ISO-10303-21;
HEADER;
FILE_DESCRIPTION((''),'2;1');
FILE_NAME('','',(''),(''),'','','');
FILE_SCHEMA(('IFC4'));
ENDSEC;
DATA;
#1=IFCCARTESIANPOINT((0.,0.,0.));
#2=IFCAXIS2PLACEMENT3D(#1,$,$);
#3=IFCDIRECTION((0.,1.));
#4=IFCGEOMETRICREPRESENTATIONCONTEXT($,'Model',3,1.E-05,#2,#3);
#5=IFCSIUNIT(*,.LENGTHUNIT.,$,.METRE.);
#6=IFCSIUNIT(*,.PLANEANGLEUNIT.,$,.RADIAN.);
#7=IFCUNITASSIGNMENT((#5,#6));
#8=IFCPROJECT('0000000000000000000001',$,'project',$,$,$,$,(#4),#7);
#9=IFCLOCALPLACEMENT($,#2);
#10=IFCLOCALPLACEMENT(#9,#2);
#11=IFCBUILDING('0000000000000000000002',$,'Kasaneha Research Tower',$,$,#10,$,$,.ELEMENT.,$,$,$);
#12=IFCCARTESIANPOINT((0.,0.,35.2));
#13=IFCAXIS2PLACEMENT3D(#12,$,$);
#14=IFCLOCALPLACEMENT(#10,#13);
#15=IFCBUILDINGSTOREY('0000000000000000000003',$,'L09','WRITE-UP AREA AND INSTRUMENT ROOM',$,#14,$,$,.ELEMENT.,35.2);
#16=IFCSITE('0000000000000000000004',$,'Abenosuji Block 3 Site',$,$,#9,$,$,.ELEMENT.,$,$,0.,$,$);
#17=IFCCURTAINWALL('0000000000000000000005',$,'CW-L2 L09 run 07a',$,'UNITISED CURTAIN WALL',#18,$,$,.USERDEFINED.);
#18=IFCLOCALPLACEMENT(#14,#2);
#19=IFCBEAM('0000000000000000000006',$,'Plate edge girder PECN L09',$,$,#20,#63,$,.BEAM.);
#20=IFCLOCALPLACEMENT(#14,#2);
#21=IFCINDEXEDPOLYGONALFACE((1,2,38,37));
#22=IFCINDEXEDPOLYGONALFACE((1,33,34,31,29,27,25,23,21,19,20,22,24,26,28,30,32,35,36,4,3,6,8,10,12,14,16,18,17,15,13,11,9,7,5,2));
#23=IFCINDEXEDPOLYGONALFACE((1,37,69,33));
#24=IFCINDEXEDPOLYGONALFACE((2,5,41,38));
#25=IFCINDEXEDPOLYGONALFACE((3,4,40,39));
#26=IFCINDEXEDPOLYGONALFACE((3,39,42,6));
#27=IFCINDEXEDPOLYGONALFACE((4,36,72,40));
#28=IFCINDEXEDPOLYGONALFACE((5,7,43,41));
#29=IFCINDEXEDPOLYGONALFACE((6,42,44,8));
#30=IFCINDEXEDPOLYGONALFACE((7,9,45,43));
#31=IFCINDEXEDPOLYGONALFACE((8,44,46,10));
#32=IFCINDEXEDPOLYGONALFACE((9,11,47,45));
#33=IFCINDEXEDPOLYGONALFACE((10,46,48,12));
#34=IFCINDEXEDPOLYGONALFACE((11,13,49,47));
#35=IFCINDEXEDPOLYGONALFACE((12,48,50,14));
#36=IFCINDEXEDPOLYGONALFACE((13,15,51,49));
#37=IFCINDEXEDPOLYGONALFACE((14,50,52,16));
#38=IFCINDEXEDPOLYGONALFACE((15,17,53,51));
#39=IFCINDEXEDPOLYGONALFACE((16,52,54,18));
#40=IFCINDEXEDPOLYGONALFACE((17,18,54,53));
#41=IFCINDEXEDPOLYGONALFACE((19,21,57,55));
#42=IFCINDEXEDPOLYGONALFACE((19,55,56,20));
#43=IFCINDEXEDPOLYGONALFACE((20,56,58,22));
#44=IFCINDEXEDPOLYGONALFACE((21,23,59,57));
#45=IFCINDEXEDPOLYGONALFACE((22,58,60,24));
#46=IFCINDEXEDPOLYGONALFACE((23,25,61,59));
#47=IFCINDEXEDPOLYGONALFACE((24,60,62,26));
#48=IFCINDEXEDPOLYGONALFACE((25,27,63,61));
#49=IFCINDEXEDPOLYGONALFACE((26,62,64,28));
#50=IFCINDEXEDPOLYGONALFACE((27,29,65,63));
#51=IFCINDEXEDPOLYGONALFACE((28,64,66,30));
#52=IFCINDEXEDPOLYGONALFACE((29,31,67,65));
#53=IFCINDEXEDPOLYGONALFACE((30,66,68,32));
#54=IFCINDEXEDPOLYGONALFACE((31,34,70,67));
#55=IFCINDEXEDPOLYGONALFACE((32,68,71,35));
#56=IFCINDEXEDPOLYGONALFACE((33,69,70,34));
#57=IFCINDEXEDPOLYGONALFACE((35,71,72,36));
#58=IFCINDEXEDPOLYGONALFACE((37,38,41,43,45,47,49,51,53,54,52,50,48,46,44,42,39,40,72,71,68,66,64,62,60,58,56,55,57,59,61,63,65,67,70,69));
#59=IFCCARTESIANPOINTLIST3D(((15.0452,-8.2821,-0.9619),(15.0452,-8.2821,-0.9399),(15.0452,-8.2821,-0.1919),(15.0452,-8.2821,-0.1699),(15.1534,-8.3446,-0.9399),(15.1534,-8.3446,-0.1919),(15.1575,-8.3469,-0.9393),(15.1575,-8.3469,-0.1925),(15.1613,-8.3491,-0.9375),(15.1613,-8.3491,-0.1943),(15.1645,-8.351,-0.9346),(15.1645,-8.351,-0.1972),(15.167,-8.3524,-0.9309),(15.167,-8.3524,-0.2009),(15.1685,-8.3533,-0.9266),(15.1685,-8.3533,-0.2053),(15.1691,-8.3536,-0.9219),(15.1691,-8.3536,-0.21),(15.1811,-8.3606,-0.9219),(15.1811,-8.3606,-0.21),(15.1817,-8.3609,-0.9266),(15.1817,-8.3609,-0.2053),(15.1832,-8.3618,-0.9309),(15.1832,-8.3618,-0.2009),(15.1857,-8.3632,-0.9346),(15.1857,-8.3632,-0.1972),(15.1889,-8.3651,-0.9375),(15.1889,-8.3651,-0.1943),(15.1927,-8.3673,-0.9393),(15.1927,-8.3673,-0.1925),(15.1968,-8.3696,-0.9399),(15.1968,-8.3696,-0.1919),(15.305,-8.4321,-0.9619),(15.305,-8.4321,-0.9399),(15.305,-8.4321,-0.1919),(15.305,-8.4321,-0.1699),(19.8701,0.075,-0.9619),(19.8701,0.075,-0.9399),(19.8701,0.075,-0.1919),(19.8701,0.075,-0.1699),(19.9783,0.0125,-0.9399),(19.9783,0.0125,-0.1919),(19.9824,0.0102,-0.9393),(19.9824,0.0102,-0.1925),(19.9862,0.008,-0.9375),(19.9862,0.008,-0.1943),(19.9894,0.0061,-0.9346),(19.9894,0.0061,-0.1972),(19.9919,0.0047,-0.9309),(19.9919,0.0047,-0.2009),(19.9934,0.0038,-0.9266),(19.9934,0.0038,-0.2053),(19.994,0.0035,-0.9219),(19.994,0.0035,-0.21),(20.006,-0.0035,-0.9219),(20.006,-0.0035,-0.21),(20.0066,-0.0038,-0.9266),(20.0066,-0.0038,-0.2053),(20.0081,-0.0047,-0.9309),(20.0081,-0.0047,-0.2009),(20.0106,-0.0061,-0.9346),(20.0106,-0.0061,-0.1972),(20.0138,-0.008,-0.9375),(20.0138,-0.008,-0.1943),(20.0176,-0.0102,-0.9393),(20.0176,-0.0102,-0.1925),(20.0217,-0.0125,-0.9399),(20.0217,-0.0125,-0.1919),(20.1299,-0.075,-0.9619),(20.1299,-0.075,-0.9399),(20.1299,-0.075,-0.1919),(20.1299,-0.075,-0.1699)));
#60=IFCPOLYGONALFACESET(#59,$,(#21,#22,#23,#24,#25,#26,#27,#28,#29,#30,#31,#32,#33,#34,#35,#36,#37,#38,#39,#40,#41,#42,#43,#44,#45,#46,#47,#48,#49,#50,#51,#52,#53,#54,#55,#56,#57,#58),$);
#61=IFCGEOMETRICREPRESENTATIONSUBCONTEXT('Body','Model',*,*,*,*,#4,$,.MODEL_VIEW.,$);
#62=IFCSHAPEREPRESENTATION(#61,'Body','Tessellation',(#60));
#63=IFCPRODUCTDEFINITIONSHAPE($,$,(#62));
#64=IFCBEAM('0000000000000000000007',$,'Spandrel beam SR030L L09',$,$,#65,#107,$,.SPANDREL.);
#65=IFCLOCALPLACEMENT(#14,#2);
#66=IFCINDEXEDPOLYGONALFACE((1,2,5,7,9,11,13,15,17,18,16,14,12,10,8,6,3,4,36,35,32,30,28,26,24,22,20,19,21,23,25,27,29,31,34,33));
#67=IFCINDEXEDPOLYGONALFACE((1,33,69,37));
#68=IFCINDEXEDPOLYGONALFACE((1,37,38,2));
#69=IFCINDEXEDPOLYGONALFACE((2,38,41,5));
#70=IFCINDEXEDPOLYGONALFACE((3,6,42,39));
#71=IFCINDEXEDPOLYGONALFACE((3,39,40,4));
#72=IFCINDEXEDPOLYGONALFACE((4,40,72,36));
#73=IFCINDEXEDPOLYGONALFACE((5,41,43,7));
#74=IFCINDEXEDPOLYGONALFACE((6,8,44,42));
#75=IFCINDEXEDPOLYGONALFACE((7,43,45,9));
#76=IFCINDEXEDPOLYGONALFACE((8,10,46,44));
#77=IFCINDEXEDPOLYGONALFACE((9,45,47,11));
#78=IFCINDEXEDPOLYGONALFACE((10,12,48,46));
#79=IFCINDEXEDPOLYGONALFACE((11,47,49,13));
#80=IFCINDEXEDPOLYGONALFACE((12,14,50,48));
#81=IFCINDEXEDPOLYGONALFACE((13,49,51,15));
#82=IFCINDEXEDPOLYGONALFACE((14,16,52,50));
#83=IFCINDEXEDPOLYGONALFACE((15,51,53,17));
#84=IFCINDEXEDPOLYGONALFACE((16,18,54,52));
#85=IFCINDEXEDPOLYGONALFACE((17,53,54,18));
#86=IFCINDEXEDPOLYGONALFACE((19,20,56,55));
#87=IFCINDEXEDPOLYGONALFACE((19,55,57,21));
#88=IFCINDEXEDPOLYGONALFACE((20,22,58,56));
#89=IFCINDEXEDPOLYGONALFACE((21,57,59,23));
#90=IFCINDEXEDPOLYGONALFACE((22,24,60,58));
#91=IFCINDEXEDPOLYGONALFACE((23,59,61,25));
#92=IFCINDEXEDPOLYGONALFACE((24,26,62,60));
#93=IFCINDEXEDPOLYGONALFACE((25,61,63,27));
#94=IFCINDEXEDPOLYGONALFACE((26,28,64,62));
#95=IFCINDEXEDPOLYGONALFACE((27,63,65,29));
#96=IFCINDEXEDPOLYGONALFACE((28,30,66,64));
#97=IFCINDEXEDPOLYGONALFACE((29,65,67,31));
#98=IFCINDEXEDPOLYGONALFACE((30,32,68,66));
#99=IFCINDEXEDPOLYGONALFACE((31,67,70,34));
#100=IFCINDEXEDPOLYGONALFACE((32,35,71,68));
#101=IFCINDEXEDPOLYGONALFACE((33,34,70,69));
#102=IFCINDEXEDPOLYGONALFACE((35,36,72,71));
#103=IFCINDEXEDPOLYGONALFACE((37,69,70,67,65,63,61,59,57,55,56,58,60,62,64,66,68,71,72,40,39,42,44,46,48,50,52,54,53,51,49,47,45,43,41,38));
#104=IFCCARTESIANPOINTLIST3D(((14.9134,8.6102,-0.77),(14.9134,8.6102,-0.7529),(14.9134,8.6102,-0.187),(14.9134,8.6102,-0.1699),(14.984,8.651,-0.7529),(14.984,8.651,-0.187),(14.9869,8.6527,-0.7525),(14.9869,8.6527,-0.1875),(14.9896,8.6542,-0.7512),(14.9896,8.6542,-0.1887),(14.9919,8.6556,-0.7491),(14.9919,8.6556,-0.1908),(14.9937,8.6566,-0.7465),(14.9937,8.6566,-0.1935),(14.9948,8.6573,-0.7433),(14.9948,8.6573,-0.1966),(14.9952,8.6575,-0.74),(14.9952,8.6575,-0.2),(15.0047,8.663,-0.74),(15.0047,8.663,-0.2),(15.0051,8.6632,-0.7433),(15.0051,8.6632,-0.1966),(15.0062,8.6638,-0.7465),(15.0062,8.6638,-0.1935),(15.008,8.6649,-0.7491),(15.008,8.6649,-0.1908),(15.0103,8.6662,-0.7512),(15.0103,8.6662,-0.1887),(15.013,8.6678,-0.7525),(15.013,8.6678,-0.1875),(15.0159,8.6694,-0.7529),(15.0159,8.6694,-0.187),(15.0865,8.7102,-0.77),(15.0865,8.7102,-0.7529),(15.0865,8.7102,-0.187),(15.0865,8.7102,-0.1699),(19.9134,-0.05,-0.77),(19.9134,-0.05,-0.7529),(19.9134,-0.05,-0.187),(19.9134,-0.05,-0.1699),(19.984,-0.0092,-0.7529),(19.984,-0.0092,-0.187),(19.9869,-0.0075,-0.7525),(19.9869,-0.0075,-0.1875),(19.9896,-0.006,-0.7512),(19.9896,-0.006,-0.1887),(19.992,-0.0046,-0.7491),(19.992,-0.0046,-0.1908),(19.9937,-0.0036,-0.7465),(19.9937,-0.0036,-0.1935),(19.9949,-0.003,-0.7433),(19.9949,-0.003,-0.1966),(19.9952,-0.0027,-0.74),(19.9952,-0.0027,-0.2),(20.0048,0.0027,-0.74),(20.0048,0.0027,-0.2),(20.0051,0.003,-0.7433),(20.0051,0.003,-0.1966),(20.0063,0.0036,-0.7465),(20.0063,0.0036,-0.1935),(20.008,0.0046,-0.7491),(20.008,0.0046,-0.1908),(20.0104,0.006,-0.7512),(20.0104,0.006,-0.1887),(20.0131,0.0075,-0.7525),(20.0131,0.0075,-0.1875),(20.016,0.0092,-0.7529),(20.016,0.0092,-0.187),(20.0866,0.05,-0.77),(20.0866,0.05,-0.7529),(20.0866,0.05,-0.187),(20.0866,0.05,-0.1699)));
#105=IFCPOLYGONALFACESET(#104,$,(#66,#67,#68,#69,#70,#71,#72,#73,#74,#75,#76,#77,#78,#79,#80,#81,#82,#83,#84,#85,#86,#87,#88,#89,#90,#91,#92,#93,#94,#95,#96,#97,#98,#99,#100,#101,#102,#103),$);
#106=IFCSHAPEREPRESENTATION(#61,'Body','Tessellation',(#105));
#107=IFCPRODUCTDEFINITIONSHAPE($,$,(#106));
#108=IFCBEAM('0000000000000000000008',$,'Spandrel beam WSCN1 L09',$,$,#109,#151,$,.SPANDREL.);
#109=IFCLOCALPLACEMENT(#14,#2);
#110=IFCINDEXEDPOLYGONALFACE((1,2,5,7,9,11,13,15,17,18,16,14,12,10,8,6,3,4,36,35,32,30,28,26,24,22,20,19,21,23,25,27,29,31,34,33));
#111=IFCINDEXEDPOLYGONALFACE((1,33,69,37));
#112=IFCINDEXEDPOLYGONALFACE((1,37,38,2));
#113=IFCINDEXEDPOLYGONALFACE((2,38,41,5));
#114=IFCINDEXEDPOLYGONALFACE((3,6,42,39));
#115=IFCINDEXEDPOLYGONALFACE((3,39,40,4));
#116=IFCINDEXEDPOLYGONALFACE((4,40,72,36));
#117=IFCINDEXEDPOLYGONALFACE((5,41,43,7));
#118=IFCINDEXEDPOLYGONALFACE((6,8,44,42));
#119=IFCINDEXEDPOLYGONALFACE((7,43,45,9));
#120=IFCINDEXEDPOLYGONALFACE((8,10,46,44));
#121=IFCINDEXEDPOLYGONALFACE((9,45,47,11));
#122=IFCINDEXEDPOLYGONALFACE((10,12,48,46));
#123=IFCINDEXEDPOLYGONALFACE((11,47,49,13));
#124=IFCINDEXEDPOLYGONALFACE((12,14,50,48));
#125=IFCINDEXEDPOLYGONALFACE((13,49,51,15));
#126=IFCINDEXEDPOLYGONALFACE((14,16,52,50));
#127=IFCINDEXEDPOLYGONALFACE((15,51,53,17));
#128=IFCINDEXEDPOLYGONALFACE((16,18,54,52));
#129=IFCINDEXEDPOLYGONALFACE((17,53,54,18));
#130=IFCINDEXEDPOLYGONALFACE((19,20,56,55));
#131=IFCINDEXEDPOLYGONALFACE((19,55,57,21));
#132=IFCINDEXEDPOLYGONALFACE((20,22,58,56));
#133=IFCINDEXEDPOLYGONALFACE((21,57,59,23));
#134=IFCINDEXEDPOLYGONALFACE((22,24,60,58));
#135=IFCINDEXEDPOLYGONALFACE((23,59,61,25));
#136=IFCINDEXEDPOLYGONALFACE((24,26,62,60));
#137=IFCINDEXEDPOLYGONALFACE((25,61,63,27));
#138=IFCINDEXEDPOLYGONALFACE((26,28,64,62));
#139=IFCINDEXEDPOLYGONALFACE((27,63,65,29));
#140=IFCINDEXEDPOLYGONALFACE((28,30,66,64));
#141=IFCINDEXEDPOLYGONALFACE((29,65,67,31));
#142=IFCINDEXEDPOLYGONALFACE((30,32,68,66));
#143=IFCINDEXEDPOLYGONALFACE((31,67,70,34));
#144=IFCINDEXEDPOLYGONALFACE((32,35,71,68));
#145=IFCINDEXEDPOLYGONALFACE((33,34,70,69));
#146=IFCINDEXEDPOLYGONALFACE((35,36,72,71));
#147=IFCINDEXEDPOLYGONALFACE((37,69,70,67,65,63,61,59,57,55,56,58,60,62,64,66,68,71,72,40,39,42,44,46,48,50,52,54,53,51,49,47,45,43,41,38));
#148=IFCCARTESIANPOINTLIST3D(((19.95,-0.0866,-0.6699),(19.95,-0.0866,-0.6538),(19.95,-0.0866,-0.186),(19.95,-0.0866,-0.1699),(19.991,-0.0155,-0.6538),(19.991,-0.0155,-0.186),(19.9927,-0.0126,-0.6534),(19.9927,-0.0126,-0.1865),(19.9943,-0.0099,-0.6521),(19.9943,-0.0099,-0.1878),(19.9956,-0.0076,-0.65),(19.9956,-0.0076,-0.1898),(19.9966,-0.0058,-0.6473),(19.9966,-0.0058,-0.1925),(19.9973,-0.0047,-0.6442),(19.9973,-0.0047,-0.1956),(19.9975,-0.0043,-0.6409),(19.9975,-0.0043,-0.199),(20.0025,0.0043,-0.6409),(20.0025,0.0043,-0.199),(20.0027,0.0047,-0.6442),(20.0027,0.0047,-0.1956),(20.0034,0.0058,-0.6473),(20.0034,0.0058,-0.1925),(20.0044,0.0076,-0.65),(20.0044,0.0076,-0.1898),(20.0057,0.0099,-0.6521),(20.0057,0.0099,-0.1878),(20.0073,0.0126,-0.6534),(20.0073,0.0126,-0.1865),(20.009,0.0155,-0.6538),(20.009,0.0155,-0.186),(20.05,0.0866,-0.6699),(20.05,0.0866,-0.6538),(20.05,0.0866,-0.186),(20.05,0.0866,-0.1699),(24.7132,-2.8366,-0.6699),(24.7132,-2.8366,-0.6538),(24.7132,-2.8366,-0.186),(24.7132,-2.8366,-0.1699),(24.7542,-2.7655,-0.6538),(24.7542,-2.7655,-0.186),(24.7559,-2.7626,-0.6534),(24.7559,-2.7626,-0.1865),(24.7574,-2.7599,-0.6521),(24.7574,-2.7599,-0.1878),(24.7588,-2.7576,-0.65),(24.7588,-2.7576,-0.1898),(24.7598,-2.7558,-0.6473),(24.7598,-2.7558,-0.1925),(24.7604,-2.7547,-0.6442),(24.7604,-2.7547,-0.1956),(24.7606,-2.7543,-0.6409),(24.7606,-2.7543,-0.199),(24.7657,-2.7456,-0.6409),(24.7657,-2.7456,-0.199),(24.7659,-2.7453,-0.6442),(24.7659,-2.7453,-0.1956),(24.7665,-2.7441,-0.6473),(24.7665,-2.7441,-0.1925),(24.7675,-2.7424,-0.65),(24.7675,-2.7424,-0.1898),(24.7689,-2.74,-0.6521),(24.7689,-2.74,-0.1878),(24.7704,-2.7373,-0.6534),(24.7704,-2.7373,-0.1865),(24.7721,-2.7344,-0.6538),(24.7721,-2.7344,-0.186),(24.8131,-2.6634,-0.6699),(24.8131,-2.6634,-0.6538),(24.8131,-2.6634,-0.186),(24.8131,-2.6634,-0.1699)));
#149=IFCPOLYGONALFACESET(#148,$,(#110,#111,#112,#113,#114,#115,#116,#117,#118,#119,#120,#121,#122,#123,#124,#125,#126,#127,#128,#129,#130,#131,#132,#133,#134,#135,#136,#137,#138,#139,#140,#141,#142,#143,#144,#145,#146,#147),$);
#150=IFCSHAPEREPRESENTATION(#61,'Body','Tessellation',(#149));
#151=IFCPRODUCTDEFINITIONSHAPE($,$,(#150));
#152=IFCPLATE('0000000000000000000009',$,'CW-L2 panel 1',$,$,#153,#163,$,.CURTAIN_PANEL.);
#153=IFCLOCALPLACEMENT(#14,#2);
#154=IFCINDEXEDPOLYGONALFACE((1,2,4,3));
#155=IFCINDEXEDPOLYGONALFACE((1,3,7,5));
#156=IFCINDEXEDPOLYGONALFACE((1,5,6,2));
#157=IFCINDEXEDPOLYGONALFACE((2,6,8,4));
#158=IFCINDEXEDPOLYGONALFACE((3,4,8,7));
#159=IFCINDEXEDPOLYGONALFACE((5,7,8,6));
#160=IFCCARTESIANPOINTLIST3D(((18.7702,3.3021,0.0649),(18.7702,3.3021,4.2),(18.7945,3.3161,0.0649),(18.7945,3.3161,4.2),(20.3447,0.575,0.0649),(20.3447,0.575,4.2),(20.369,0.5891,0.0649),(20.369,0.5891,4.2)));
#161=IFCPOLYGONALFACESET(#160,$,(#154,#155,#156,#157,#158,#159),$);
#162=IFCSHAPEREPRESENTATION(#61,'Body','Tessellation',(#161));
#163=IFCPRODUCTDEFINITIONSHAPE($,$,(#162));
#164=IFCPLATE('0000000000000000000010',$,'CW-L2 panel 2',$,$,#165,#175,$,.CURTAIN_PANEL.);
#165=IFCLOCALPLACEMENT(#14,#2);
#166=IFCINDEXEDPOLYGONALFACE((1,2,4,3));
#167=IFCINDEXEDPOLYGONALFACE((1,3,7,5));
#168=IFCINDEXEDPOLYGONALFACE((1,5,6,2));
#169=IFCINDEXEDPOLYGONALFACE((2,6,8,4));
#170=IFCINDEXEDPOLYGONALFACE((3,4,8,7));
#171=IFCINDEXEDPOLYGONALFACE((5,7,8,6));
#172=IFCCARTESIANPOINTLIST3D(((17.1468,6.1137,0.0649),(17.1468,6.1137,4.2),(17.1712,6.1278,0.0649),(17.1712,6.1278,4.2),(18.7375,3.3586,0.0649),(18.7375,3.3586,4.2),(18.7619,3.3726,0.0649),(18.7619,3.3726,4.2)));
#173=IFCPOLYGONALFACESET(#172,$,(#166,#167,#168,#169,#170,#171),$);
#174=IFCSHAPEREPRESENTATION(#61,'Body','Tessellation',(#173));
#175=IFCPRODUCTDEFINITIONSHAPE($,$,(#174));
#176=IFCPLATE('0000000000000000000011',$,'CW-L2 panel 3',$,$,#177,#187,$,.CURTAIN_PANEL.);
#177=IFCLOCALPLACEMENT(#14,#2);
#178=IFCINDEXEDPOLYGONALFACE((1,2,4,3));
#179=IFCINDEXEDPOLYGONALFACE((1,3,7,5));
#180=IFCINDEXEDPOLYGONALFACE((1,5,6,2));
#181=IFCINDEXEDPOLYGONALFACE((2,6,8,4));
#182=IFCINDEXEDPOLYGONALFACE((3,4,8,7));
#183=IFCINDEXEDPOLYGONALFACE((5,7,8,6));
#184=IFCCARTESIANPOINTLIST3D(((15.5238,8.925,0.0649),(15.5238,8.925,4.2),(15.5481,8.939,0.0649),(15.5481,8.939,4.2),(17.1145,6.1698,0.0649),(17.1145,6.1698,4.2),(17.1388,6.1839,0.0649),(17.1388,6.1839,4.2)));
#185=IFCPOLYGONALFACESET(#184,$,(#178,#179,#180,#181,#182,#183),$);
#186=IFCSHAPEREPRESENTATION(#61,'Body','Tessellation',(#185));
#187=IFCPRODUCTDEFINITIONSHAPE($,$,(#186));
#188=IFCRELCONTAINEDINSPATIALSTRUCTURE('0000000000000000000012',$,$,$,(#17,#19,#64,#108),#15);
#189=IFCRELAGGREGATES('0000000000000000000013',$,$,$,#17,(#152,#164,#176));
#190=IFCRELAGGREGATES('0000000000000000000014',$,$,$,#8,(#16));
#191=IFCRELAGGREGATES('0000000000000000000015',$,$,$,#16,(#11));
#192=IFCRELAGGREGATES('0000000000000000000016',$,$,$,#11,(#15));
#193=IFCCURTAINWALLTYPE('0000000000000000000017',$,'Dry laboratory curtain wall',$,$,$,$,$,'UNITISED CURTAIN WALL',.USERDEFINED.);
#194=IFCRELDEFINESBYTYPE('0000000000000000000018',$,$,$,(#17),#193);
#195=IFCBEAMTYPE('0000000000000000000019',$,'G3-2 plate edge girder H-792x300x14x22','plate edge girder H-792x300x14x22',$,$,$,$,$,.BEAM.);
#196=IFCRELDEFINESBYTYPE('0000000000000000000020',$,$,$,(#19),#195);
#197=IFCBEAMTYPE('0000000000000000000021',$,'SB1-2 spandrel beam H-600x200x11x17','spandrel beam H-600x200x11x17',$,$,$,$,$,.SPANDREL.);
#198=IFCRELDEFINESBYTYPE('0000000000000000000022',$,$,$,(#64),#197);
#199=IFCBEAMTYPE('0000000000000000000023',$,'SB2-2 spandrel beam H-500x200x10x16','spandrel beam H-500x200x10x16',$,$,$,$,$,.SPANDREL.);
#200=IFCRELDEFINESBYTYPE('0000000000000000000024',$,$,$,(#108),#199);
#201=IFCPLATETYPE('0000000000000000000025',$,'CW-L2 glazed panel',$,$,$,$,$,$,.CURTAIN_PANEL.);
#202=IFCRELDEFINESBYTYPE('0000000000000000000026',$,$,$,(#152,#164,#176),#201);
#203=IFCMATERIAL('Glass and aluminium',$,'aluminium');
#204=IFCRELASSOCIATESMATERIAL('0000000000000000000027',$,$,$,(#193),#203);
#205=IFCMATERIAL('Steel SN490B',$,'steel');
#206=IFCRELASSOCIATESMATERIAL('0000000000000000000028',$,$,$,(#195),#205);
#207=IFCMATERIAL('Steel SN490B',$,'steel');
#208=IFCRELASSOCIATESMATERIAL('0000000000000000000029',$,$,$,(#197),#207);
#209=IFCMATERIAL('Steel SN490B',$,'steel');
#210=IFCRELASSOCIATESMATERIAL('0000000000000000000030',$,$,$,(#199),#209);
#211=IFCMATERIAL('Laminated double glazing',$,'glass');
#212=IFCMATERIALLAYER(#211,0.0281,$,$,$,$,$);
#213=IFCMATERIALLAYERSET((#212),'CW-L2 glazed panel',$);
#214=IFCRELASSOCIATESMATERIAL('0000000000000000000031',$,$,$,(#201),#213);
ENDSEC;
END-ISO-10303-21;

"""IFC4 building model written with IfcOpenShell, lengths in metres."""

from ifc_helpers import new_model, si_unit, direction, frame, origin, origin_2d, place, context, subcontext, project, spatial, rectangle, i_section, extrude, material, layer, layer_set, material_profile, profile_set, type_object, element, aggregate, save


model = new_model("IFC4")

# Units and contexts
model_context = context("Model", 3, precision=1e-05, world=origin(), true_north=direction((0.0, 1.0)))
body_context = subcontext(model_context, "Body", "Model", "MODEL_VIEW")
ifc_project = project(units=[si_unit("LENGTHUNIT", "METRE"), si_unit("PLANEANGLEUNIT", "RADIAN")], contexts=[model_context])

# Site, building, storey
site_placement = place(None, origin())
site = spatial("IfcSite", under=ifc_project, at=site_placement, Name="Abenosuji Block 3 Site", CompositionType="ELEMENT", RefElevation=0.0)
building_placement = place(site_placement, origin())
building = spatial("IfcBuilding", under=site, at=building_placement, Name="Kasaneha Research Tower", CompositionType="ELEMENT")
storey_placement = place(building_placement, frame((0.0, 0.0, 35.2)))
storey = spatial("IfcBuildingStorey", under=building, at=storey_placement, Name="L09", Description="WRITE-UP AREA AND INSTRUMENT ROOM", CompositionType="ELEMENT", Elevation=35.2)

# Shared definitions
ifc_material_1 = material(Name="Glass and aluminium", Category="aluminium")
curtain_wall_type = type_object("IfcCurtainWallType", Name="Dry laboratory curtain wall", ElementType="UNITISED CURTAIN WALL", PredefinedType="USERDEFINED", material=ifc_material_1)

# Curtain wall
curtain_wall_1_placement = place(storey_placement, origin())
curtain_wall_1 = element("IfcCurtainWall", 1, at=curtain_wall_1_placement, inside=storey, type_object=curtain_wall_type, Name="CW-L2 L09 run 07a", ObjectType="UNITISED CURTAIN WALL", PredefinedType="USERDEFINED")

# Beams
ifc_material_2 = material(Name="Steel SN490B", Category="steel")
ifc_material_profile_1 = material_profile(ifc_material_2, i_section(OverallWidth=0.3, OverallDepth=0.792, WebThickness=0.0139, FlangeThickness=0.022, FilletRadius=0.0181, at=origin_2d()), Name="H-792x300x14x22")
ifc_profile_set_1 = profile_set([ifc_material_profile_1], Name="Steel SN490B")
beam_type_1 = type_object("IfcBeamType", Name="G3-2 plate edge girder H-792x300x14x22", Description="plate edge girder H-792x300x14x22", PredefinedType="BEAM", material=ifc_profile_set_1)
beam_1_placement = place(storey_placement, frame((20.0, 0.0, -0.5659), z_axis=(-0.499995, -0.866028, 0.0), x_axis=(0.866028, -0.499995, 0.0)))
element("IfcBeam", 2, at=beam_1_placement, inside=storey, type_object=beam_type_1, Name="Plate edge girder PECN L09", PredefinedType="BEAM", context=body_context, shape_type="SweptSolid", body=[
    extrude(i_section(OverallWidth=0.3, OverallDepth=0.792, WebThickness=0.0139, FlangeThickness=0.022, FilletRadius=0.0181, at=origin_2d()), origin(), (0.0, 0.0, 1.0), 9.6499),
])
ifc_material_3 = material(Name="Steel SN490B", Category="steel")
ifc_material_profile_2 = material_profile(ifc_material_3, i_section(OverallWidth=0.2, OverallDepth=0.6001, WebThickness=0.011, FlangeThickness=0.0171, FilletRadius=0.0129, at=origin_2d()), Name="H-600x200x11x17")
ifc_profile_set_2 = profile_set([ifc_material_profile_2], Name="Steel SN490B")
beam_type_2 = type_object("IfcBeamType", Name="SB1-2 spandrel beam H-600x200x11x17", Description="spandrel beam H-600x200x11x17", PredefinedType="SPANDREL", material=ifc_profile_set_2)
beam_2_placement = place(storey_placement, frame((20.0, 0.0, -0.47), z_axis=(-0.500004, 0.866023, 0.0), x_axis=(-0.866023, -0.500004, 0.0)))
element("IfcBeam", 3, at=beam_2_placement, inside=storey, type_object=beam_type_2, Name="Spandrel beam SR030L L09", PredefinedType="SPANDREL", context=body_context, shape_type="SweptSolid", body=[
    extrude(i_section(OverallWidth=0.2, OverallDepth=0.6001, WebThickness=0.011, FlangeThickness=0.0171, FilletRadius=0.0129, at=origin_2d()), origin(), (0.0, 0.0, 1.0), 10.0),
])
ifc_material_4 = material(Name="Steel SN490B", Category="steel")
ifc_material_profile_3 = material_profile(ifc_material_4, i_section(OverallWidth=0.2, OverallDepth=0.5, WebThickness=0.01, FlangeThickness=0.0161, FilletRadius=0.0129, at=origin_2d()), Name="H-500x200x10x16")
ifc_profile_set_3 = profile_set([ifc_material_profile_3], Name="Steel SN490B")
beam_type_3 = type_object("IfcBeamType", Name="SB2-2 spandrel beam H-500x200x10x16", Description="spandrel beam H-500x200x10x16", PredefinedType="SPANDREL", material=ifc_profile_set_3)
beam_3_placement = place(storey_placement, frame((20.0, 0.0, -0.4199), z_axis=(0.866027, -0.499997, 0.0), x_axis=(0.499997, 0.866027, 0.0)))
element("IfcBeam", 4, at=beam_3_placement, inside=storey, type_object=beam_type_3, Name="Spandrel beam WSCN1 L09", PredefinedType="SPANDREL", context=body_context, shape_type="SweptSolid", body=[
    extrude(i_section(OverallWidth=0.2, OverallDepth=0.5, WebThickness=0.01, FlangeThickness=0.0161, FilletRadius=0.0129, at=origin_2d()), origin(), (0.0, 0.0, 1.0), 5.5),
])

# Plates
ifc_material_5 = material(Name="Laminated double glazing", Category="glass")
ifc_layer_1 = layer(ifc_material_5, 0.0281)
ifc_layer_set_1 = layer_set([ifc_layer_1], Name="CW-L2 glazed panel")
plate_type = type_object("IfcPlateType", Name="CW-L2 glazed panel", PredefinedType="CURTAIN_PANEL", material=ifc_layer_set_1)
plate_1_placement = place(storey_placement, frame((19.5696, 1.9456, 0.0649), z_axis=(0.0, 0.0, 1.0), x_axis=(-0.5, 0.866025, 0.0)))
plate_1 = element("IfcPlate", 5, at=plate_1_placement, type_object=plate_type, Name="CW-L2 panel 1", PredefinedType="CURTAIN_PANEL", context=body_context, shape_type="SweptSolid", body=[
    extrude(rectangle(XDim=3.1489, YDim=0.0281, at=origin_2d()), origin(), (0.0, 0.0, 1.0), 4.135),
])
plate_2_placement = place(storey_placement, frame((17.9543, 4.7432, 0.0649), z_axis=(0.0, 0.0, 1.0), x_axis=(-0.5, 0.866025, 0.0)))
plate_2 = element("IfcPlate", 6, at=plate_2_placement, type_object=plate_type, Name="CW-L2 panel 2", PredefinedType="CURTAIN_PANEL", context=body_context, shape_type="SweptSolid", body=[
    extrude(rectangle(XDim=3.1814, YDim=0.0281, at=origin_2d()), origin(), (0.0, 0.0, 1.0), 4.135),
])
plate_3_placement = place(storey_placement, frame((16.3313, 7.5544, 0.0649), z_axis=(0.0, 0.0, 1.0), x_axis=(-0.5, 0.866025, 0.0)))
plate_3 = element("IfcPlate", 7, at=plate_3_placement, type_object=plate_type, Name="CW-L2 panel 3", PredefinedType="CURTAIN_PANEL", context=body_context, shape_type="SweptSolid", body=[
    extrude(rectangle(XDim=3.1814, YDim=0.0281, at=origin_2d()), origin(), (0.0, 0.0, 1.0), 4.135),
])
aggregate(curtain_wall_1, [plate_1, plate_2, plate_3])

save(model, "model.ifc")
